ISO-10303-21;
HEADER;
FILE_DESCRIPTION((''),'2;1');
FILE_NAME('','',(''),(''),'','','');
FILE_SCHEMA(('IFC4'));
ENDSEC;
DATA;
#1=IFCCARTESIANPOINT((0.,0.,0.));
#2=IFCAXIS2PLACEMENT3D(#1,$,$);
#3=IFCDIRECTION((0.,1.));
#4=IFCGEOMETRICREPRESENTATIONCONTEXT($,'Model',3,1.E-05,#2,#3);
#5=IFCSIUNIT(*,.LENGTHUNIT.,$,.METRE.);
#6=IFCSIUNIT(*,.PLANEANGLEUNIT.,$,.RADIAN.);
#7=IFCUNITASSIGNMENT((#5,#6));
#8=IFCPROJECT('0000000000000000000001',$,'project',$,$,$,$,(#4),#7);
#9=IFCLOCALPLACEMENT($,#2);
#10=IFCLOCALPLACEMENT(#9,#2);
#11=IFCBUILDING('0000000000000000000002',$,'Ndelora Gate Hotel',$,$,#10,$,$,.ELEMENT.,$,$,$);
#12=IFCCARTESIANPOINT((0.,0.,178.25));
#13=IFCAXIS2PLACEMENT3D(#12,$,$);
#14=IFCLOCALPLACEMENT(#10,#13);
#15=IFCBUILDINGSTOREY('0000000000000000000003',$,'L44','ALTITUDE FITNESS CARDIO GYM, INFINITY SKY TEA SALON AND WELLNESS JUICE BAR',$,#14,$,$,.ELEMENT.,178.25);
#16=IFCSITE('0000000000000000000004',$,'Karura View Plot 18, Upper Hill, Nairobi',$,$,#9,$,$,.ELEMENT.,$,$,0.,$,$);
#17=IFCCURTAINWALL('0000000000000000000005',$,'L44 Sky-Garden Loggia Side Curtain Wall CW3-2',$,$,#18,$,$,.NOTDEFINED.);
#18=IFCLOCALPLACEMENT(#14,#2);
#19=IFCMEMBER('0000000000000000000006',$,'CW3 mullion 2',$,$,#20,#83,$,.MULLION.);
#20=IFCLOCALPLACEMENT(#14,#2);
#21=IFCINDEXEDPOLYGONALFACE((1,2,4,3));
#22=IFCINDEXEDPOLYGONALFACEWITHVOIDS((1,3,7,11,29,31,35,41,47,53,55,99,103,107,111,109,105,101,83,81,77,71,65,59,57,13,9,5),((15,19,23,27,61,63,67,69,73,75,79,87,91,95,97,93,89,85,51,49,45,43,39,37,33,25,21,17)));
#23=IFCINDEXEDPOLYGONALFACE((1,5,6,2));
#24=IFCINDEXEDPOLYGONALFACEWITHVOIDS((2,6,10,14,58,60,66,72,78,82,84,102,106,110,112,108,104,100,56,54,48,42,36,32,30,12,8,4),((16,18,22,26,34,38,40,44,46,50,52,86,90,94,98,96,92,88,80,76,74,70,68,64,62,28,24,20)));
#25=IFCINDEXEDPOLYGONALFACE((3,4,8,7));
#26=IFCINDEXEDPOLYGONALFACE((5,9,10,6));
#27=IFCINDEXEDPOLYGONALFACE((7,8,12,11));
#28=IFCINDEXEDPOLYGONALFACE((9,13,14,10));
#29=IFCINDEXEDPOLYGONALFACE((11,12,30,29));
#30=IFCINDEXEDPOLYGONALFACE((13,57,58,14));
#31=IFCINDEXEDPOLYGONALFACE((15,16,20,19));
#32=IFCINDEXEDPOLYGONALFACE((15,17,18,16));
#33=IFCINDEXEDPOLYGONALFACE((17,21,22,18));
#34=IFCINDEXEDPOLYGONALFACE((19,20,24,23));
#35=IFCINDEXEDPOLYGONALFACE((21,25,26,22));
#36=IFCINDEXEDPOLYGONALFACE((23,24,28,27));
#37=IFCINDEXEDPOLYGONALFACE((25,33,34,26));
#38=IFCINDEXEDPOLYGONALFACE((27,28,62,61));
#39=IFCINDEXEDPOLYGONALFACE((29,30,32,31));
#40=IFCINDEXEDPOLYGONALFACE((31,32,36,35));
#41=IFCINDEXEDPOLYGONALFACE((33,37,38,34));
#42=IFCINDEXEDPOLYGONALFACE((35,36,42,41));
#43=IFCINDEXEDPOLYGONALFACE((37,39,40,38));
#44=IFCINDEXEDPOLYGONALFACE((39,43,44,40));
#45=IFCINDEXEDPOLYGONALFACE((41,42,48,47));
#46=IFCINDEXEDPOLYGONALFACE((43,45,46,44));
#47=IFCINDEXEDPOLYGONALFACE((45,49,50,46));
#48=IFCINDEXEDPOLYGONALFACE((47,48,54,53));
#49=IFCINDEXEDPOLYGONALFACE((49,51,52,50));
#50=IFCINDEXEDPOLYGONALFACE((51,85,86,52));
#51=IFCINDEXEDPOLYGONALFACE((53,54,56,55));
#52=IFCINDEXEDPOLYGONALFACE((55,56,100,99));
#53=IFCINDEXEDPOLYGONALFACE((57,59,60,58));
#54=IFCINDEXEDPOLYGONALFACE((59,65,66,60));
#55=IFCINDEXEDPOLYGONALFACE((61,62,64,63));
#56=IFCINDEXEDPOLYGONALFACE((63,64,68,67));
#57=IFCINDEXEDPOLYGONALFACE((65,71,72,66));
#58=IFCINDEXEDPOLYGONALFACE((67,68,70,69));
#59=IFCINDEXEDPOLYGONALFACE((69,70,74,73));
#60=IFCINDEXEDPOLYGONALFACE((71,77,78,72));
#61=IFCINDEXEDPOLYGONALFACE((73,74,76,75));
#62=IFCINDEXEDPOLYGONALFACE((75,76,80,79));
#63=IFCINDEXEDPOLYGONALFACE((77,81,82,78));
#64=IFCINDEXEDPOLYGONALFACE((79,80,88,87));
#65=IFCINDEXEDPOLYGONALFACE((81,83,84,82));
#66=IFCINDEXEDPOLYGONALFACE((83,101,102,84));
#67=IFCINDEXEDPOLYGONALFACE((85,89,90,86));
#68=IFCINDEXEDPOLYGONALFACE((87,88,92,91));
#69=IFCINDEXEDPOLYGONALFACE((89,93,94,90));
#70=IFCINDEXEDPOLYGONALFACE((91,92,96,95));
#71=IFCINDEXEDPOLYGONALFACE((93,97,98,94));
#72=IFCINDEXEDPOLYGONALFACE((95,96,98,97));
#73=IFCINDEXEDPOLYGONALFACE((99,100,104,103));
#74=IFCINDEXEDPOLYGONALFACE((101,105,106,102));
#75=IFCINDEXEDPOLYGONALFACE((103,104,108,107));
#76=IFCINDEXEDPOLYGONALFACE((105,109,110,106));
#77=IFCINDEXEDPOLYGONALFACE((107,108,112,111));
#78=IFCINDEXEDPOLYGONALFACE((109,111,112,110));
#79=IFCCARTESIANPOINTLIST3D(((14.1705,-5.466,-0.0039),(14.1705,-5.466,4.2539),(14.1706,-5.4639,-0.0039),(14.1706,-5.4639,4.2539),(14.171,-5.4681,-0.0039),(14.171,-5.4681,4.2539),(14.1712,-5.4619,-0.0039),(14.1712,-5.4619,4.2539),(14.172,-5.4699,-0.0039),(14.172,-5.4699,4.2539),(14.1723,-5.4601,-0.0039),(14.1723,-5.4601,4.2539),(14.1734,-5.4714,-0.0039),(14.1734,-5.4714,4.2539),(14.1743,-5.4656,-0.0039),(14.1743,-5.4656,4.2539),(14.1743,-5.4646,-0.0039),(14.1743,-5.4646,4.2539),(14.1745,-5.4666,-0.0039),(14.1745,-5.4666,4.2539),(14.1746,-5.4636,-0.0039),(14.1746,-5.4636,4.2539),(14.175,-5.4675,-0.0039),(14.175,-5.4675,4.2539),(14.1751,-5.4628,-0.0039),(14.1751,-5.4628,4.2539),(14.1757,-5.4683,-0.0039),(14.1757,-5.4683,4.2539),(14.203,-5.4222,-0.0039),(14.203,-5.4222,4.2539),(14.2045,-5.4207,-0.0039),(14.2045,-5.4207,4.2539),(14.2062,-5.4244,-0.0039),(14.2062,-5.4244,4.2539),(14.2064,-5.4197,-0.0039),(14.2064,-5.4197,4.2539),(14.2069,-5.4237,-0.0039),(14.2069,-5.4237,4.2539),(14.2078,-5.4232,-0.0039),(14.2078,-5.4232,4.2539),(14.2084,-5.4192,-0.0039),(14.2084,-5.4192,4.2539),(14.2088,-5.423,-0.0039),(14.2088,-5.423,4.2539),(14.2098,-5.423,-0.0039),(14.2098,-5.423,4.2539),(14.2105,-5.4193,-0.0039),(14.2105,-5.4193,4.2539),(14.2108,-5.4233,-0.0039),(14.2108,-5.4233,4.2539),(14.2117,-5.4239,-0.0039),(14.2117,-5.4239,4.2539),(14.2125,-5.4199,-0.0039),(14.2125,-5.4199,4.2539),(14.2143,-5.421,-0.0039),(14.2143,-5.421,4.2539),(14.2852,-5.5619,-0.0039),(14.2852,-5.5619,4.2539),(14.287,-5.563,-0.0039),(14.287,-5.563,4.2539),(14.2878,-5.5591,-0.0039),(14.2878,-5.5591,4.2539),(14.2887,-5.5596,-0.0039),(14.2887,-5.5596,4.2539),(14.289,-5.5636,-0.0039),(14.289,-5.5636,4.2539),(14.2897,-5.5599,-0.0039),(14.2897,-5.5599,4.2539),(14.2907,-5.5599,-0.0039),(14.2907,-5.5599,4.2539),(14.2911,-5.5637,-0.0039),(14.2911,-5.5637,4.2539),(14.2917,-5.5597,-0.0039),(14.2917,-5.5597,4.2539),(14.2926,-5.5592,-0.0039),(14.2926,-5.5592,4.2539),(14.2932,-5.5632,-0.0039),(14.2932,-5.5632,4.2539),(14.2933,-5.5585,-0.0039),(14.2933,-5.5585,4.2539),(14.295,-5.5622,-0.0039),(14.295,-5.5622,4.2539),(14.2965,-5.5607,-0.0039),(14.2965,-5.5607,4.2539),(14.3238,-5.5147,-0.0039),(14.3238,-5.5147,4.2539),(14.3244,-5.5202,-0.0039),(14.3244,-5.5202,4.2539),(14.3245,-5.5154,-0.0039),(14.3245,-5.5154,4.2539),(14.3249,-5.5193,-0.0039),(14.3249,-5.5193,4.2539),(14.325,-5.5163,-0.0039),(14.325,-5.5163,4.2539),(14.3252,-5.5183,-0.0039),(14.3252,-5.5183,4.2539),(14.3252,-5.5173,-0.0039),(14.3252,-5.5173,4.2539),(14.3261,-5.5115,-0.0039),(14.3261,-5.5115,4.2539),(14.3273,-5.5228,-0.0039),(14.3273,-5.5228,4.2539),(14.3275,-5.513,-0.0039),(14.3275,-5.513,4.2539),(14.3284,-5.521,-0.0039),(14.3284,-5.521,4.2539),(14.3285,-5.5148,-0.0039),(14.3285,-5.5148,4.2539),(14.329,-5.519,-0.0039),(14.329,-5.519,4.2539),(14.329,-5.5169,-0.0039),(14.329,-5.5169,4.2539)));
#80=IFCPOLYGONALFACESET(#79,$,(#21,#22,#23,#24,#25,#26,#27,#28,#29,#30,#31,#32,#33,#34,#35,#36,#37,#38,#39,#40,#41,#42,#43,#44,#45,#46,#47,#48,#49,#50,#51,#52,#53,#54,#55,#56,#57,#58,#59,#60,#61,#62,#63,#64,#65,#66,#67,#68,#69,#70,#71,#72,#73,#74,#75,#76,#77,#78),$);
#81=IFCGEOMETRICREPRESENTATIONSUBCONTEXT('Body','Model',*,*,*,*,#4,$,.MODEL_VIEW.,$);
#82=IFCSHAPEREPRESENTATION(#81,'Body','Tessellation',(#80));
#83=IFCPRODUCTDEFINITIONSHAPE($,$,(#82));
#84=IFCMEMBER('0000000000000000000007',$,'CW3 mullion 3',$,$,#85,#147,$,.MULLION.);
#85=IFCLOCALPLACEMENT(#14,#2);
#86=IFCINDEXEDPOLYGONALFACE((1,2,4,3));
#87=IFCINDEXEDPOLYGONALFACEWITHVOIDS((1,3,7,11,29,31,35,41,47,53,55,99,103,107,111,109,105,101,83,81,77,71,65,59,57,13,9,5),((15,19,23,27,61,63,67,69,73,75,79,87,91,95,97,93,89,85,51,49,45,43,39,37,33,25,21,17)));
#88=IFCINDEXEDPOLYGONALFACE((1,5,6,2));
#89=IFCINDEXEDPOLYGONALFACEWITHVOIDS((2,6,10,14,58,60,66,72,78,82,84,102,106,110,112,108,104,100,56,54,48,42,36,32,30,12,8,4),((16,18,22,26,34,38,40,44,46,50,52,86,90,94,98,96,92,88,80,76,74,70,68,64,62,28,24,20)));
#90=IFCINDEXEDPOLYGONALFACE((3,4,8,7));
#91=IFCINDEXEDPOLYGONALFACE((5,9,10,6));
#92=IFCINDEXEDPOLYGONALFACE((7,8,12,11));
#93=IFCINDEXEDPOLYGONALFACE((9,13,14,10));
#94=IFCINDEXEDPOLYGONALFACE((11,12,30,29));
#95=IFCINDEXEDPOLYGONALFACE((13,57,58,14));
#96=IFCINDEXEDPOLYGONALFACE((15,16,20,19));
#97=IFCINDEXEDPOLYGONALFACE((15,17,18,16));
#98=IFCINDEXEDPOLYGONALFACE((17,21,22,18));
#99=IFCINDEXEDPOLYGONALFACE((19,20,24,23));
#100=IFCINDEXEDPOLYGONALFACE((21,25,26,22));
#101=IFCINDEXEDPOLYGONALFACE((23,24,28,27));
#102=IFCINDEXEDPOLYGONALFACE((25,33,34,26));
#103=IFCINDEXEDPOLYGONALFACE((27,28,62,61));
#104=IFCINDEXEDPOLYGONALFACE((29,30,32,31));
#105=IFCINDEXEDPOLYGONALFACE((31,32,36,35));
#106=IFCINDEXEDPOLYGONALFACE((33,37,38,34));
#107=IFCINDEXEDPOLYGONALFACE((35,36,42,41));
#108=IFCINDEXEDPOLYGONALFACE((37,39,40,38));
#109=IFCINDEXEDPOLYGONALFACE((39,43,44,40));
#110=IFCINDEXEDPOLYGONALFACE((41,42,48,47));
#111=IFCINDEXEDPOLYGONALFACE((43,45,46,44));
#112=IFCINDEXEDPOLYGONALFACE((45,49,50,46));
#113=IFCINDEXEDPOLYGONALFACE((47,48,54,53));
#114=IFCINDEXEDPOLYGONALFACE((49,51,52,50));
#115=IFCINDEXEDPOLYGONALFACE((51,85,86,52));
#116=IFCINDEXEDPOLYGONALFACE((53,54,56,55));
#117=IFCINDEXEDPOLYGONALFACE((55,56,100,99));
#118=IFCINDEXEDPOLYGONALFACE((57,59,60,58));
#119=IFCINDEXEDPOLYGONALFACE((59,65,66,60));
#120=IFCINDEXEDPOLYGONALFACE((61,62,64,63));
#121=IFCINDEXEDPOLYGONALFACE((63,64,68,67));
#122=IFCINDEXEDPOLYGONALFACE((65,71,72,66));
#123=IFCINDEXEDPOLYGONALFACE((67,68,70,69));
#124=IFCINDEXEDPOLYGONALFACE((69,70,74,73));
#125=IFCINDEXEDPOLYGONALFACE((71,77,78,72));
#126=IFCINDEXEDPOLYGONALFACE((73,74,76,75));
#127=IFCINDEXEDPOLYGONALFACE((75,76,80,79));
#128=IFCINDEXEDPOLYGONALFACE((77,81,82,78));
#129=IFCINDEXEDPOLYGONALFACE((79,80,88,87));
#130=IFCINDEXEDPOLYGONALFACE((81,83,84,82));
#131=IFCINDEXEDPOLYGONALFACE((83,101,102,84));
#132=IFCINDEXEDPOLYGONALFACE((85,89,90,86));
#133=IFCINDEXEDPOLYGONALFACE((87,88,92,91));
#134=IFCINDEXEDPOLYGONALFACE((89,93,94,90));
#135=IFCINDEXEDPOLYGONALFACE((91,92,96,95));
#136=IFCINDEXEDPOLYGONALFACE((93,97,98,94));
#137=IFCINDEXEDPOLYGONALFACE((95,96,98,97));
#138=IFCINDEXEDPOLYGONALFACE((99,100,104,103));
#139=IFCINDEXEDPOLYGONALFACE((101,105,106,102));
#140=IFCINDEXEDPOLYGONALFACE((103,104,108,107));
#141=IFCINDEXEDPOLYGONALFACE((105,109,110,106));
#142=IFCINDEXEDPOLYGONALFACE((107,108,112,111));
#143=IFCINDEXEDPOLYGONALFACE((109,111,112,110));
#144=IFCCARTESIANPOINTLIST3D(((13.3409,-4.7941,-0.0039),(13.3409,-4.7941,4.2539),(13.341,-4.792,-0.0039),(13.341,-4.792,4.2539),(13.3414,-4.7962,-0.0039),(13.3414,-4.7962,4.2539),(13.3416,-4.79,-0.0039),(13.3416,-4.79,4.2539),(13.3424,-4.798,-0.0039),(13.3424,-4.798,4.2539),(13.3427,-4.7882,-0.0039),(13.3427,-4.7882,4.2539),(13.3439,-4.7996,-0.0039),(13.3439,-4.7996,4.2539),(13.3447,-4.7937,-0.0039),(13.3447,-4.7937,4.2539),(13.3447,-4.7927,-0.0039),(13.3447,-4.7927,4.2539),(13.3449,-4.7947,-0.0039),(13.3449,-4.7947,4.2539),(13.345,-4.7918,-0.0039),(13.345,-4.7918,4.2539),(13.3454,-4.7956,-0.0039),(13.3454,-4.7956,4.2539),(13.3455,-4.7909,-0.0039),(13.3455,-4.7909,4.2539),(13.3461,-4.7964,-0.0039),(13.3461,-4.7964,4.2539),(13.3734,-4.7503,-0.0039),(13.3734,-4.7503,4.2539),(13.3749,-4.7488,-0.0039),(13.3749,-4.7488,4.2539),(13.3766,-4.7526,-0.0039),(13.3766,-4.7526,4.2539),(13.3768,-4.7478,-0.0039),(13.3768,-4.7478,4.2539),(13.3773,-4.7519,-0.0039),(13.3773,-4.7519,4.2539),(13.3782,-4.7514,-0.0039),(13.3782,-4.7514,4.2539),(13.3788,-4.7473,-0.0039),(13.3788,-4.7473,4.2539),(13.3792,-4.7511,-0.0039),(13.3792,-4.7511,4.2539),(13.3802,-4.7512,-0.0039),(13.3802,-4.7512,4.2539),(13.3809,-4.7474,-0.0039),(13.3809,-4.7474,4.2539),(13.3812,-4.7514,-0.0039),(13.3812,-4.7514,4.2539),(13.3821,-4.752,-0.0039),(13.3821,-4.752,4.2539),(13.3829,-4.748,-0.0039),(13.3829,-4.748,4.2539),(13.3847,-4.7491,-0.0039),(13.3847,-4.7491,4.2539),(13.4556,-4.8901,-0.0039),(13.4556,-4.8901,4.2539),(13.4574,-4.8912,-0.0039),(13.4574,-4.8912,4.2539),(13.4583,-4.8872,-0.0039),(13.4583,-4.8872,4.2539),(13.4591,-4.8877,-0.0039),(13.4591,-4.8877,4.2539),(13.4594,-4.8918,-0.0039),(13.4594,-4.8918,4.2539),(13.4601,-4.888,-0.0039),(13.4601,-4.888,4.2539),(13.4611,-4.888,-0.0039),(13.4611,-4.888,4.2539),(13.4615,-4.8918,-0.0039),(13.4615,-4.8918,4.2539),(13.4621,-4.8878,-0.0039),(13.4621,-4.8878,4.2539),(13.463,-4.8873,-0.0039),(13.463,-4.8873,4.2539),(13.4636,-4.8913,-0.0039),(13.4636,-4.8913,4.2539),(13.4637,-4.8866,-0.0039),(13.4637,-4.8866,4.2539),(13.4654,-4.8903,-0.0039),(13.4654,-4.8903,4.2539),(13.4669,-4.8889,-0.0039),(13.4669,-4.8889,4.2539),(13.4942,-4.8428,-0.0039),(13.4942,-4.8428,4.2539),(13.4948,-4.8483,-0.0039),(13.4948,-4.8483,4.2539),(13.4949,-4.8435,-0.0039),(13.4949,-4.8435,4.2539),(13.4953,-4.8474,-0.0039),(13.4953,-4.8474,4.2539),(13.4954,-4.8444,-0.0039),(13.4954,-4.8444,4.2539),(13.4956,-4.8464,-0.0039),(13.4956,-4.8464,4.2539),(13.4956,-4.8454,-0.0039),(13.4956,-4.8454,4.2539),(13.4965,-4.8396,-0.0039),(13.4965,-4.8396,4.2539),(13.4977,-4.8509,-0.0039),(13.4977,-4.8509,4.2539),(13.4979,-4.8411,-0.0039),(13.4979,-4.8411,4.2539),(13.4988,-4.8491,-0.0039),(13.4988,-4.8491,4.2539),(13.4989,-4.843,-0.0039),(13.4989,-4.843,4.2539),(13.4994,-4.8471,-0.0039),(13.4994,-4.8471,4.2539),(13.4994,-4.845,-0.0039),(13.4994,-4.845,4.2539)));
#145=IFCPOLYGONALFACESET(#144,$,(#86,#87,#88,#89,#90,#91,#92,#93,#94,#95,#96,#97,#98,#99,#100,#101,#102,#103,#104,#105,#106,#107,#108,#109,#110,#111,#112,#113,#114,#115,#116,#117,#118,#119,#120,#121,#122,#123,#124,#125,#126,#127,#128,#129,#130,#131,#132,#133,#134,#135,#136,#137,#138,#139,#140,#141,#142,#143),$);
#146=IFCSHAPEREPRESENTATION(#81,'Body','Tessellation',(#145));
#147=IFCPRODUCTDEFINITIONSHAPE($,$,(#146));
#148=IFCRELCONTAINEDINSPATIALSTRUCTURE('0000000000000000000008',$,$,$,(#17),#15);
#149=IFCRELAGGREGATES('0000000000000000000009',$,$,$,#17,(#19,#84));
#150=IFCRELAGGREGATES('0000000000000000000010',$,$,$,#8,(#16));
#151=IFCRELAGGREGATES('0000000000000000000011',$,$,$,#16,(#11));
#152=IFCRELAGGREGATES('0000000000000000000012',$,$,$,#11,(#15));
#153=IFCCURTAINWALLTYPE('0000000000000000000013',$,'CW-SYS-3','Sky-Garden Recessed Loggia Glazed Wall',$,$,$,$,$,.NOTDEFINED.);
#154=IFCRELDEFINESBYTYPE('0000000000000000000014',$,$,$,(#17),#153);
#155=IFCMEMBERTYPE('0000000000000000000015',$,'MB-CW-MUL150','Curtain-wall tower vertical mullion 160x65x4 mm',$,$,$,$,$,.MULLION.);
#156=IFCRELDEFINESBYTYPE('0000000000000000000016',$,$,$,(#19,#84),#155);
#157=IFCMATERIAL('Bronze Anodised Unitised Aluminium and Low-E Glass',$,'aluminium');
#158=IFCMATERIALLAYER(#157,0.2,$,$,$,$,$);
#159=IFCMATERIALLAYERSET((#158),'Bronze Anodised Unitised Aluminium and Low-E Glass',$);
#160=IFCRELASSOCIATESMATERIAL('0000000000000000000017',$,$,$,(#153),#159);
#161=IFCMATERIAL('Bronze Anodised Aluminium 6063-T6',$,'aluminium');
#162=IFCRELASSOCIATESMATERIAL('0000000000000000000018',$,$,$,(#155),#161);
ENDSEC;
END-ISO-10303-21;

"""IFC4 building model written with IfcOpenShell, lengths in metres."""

from ifc_helpers import new_model, si_unit, direction, frame, origin, origin_2d, place, context, subcontext, project, spatial, hollow_rectangle, extrude, material, layer, layer_set, material_profile, profile_set, type_object, element, aggregate, save


model = new_model("IFC4")

# Units and contexts
model_context = context("Model", 3, precision=1e-05, world=origin(), true_north=direction((0.0, 1.0)))
body_context = subcontext(model_context, "Body", "Model", "MODEL_VIEW")
ifc_project = project(units=[si_unit("LENGTHUNIT", "METRE"), si_unit("PLANEANGLEUNIT", "RADIAN")], contexts=[model_context])

# Site, building, storey
site_placement = place(None, origin())
site = spatial("IfcSite", under=ifc_project, at=site_placement, Name="Karura View Plot 18, Upper Hill, Nairobi", CompositionType="ELEMENT", RefElevation=0.0)
building_placement = place(site_placement, origin())
building = spatial("IfcBuilding", under=site, at=building_placement, Name="Ndelora Gate Hotel", CompositionType="ELEMENT")
storey_placement = place(building_placement, frame((0.0, 0.0, 178.25)))
storey = spatial("IfcBuildingStorey", under=building, at=storey_placement, Name="L44", Description="ALTITUDE FITNESS CARDIO GYM, INFINITY SKY TEA SALON AND WELLNESS JUICE BAR", CompositionType="ELEMENT", Elevation=178.25)

# Curtain wall, members
ifc_material_1 = material(Name="Bronze Anodised Unitised Aluminium and Low-E Glass", Category="aluminium")
ifc_layer_1 = layer(ifc_material_1, 0.2)
ifc_layer_set_1 = layer_set([ifc_layer_1], Name="Bronze Anodised Unitised Aluminium and Low-E Glass")
curtain_wall_type = type_object("IfcCurtainWallType", Name="CW-SYS-3", Description="Sky-Garden Recessed Loggia Glazed Wall", PredefinedType="NOTDEFINED", material=ifc_layer_set_1)
curtain_wall_placement = place(storey_placement, origin())
curtain_wall = element("IfcCurtainWall", 1, at=curtain_wall_placement, inside=storey, type_object=curtain_wall_type, Name="L44 Sky-Garden Loggia Side Curtain Wall CW3-2", PredefinedType="NOTDEFINED")
ifc_material_2 = material(Name="Bronze Anodised Aluminium 6063-T6", Category="aluminium")
ifc_material_profile_1 = material_profile(ifc_material_2, hollow_rectangle(XDim=0.0649, YDim=0.1599, WallThickness=0.0039, InnerFilletRadius=0.0039, OuterFilletRadius=0.0081, at=origin_2d()), Name="ALU 160x65x4")
ifc_profile_set_1 = profile_set([ifc_material_profile_1], Name="Bronze Anodised Aluminium 6063-T6")
member_type_1 = type_object("IfcMemberType", Name="MB-CW-MUL150", Description="Curtain-wall tower vertical mullion 160x65x4 mm", PredefinedType="MULLION", material=ifc_profile_set_1)
member_1_placement = place(storey_placement, frame((14.2498, -5.4915, -0.0039), z_axis=(0.0, 0.0, 1.0), x_axis=(-0.629324, -0.777143, 0.0)))
member_1 = element("IfcMember", 2, at=member_1_placement, type_object=member_type_1, Name="CW3 mullion 2", PredefinedType="MULLION", context=body_context, shape_type="SweptSolid", body=[
    extrude(hollow_rectangle(XDim=0.0649, YDim=0.1599, WallThickness=0.0039, InnerFilletRadius=0.0039, OuterFilletRadius=0.0081, at=origin_2d()), origin(), (0.0, 0.0, 1.0), 4.2578),
])
member_2_placement = place(storey_placement, frame((13.4202, -4.8196, -0.0039), z_axis=(0.0, 0.0, 1.0), x_axis=(-0.629324, -0.777143, 0.0)))
member_2 = element("IfcMember", 3, at=member_2_placement, type_object=member_type_1, Name="CW3 mullion 3", PredefinedType="MULLION", context=body_context, shape_type="SweptSolid", body=[
    extrude(hollow_rectangle(XDim=0.0649, YDim=0.1599, WallThickness=0.0039, InnerFilletRadius=0.0039, OuterFilletRadius=0.0081, at=origin_2d()), origin(), (0.0, 0.0, 1.0), 4.2578),
])
aggregate(curtain_wall, [member_1, member_2])

save(model, "model.ifc")
